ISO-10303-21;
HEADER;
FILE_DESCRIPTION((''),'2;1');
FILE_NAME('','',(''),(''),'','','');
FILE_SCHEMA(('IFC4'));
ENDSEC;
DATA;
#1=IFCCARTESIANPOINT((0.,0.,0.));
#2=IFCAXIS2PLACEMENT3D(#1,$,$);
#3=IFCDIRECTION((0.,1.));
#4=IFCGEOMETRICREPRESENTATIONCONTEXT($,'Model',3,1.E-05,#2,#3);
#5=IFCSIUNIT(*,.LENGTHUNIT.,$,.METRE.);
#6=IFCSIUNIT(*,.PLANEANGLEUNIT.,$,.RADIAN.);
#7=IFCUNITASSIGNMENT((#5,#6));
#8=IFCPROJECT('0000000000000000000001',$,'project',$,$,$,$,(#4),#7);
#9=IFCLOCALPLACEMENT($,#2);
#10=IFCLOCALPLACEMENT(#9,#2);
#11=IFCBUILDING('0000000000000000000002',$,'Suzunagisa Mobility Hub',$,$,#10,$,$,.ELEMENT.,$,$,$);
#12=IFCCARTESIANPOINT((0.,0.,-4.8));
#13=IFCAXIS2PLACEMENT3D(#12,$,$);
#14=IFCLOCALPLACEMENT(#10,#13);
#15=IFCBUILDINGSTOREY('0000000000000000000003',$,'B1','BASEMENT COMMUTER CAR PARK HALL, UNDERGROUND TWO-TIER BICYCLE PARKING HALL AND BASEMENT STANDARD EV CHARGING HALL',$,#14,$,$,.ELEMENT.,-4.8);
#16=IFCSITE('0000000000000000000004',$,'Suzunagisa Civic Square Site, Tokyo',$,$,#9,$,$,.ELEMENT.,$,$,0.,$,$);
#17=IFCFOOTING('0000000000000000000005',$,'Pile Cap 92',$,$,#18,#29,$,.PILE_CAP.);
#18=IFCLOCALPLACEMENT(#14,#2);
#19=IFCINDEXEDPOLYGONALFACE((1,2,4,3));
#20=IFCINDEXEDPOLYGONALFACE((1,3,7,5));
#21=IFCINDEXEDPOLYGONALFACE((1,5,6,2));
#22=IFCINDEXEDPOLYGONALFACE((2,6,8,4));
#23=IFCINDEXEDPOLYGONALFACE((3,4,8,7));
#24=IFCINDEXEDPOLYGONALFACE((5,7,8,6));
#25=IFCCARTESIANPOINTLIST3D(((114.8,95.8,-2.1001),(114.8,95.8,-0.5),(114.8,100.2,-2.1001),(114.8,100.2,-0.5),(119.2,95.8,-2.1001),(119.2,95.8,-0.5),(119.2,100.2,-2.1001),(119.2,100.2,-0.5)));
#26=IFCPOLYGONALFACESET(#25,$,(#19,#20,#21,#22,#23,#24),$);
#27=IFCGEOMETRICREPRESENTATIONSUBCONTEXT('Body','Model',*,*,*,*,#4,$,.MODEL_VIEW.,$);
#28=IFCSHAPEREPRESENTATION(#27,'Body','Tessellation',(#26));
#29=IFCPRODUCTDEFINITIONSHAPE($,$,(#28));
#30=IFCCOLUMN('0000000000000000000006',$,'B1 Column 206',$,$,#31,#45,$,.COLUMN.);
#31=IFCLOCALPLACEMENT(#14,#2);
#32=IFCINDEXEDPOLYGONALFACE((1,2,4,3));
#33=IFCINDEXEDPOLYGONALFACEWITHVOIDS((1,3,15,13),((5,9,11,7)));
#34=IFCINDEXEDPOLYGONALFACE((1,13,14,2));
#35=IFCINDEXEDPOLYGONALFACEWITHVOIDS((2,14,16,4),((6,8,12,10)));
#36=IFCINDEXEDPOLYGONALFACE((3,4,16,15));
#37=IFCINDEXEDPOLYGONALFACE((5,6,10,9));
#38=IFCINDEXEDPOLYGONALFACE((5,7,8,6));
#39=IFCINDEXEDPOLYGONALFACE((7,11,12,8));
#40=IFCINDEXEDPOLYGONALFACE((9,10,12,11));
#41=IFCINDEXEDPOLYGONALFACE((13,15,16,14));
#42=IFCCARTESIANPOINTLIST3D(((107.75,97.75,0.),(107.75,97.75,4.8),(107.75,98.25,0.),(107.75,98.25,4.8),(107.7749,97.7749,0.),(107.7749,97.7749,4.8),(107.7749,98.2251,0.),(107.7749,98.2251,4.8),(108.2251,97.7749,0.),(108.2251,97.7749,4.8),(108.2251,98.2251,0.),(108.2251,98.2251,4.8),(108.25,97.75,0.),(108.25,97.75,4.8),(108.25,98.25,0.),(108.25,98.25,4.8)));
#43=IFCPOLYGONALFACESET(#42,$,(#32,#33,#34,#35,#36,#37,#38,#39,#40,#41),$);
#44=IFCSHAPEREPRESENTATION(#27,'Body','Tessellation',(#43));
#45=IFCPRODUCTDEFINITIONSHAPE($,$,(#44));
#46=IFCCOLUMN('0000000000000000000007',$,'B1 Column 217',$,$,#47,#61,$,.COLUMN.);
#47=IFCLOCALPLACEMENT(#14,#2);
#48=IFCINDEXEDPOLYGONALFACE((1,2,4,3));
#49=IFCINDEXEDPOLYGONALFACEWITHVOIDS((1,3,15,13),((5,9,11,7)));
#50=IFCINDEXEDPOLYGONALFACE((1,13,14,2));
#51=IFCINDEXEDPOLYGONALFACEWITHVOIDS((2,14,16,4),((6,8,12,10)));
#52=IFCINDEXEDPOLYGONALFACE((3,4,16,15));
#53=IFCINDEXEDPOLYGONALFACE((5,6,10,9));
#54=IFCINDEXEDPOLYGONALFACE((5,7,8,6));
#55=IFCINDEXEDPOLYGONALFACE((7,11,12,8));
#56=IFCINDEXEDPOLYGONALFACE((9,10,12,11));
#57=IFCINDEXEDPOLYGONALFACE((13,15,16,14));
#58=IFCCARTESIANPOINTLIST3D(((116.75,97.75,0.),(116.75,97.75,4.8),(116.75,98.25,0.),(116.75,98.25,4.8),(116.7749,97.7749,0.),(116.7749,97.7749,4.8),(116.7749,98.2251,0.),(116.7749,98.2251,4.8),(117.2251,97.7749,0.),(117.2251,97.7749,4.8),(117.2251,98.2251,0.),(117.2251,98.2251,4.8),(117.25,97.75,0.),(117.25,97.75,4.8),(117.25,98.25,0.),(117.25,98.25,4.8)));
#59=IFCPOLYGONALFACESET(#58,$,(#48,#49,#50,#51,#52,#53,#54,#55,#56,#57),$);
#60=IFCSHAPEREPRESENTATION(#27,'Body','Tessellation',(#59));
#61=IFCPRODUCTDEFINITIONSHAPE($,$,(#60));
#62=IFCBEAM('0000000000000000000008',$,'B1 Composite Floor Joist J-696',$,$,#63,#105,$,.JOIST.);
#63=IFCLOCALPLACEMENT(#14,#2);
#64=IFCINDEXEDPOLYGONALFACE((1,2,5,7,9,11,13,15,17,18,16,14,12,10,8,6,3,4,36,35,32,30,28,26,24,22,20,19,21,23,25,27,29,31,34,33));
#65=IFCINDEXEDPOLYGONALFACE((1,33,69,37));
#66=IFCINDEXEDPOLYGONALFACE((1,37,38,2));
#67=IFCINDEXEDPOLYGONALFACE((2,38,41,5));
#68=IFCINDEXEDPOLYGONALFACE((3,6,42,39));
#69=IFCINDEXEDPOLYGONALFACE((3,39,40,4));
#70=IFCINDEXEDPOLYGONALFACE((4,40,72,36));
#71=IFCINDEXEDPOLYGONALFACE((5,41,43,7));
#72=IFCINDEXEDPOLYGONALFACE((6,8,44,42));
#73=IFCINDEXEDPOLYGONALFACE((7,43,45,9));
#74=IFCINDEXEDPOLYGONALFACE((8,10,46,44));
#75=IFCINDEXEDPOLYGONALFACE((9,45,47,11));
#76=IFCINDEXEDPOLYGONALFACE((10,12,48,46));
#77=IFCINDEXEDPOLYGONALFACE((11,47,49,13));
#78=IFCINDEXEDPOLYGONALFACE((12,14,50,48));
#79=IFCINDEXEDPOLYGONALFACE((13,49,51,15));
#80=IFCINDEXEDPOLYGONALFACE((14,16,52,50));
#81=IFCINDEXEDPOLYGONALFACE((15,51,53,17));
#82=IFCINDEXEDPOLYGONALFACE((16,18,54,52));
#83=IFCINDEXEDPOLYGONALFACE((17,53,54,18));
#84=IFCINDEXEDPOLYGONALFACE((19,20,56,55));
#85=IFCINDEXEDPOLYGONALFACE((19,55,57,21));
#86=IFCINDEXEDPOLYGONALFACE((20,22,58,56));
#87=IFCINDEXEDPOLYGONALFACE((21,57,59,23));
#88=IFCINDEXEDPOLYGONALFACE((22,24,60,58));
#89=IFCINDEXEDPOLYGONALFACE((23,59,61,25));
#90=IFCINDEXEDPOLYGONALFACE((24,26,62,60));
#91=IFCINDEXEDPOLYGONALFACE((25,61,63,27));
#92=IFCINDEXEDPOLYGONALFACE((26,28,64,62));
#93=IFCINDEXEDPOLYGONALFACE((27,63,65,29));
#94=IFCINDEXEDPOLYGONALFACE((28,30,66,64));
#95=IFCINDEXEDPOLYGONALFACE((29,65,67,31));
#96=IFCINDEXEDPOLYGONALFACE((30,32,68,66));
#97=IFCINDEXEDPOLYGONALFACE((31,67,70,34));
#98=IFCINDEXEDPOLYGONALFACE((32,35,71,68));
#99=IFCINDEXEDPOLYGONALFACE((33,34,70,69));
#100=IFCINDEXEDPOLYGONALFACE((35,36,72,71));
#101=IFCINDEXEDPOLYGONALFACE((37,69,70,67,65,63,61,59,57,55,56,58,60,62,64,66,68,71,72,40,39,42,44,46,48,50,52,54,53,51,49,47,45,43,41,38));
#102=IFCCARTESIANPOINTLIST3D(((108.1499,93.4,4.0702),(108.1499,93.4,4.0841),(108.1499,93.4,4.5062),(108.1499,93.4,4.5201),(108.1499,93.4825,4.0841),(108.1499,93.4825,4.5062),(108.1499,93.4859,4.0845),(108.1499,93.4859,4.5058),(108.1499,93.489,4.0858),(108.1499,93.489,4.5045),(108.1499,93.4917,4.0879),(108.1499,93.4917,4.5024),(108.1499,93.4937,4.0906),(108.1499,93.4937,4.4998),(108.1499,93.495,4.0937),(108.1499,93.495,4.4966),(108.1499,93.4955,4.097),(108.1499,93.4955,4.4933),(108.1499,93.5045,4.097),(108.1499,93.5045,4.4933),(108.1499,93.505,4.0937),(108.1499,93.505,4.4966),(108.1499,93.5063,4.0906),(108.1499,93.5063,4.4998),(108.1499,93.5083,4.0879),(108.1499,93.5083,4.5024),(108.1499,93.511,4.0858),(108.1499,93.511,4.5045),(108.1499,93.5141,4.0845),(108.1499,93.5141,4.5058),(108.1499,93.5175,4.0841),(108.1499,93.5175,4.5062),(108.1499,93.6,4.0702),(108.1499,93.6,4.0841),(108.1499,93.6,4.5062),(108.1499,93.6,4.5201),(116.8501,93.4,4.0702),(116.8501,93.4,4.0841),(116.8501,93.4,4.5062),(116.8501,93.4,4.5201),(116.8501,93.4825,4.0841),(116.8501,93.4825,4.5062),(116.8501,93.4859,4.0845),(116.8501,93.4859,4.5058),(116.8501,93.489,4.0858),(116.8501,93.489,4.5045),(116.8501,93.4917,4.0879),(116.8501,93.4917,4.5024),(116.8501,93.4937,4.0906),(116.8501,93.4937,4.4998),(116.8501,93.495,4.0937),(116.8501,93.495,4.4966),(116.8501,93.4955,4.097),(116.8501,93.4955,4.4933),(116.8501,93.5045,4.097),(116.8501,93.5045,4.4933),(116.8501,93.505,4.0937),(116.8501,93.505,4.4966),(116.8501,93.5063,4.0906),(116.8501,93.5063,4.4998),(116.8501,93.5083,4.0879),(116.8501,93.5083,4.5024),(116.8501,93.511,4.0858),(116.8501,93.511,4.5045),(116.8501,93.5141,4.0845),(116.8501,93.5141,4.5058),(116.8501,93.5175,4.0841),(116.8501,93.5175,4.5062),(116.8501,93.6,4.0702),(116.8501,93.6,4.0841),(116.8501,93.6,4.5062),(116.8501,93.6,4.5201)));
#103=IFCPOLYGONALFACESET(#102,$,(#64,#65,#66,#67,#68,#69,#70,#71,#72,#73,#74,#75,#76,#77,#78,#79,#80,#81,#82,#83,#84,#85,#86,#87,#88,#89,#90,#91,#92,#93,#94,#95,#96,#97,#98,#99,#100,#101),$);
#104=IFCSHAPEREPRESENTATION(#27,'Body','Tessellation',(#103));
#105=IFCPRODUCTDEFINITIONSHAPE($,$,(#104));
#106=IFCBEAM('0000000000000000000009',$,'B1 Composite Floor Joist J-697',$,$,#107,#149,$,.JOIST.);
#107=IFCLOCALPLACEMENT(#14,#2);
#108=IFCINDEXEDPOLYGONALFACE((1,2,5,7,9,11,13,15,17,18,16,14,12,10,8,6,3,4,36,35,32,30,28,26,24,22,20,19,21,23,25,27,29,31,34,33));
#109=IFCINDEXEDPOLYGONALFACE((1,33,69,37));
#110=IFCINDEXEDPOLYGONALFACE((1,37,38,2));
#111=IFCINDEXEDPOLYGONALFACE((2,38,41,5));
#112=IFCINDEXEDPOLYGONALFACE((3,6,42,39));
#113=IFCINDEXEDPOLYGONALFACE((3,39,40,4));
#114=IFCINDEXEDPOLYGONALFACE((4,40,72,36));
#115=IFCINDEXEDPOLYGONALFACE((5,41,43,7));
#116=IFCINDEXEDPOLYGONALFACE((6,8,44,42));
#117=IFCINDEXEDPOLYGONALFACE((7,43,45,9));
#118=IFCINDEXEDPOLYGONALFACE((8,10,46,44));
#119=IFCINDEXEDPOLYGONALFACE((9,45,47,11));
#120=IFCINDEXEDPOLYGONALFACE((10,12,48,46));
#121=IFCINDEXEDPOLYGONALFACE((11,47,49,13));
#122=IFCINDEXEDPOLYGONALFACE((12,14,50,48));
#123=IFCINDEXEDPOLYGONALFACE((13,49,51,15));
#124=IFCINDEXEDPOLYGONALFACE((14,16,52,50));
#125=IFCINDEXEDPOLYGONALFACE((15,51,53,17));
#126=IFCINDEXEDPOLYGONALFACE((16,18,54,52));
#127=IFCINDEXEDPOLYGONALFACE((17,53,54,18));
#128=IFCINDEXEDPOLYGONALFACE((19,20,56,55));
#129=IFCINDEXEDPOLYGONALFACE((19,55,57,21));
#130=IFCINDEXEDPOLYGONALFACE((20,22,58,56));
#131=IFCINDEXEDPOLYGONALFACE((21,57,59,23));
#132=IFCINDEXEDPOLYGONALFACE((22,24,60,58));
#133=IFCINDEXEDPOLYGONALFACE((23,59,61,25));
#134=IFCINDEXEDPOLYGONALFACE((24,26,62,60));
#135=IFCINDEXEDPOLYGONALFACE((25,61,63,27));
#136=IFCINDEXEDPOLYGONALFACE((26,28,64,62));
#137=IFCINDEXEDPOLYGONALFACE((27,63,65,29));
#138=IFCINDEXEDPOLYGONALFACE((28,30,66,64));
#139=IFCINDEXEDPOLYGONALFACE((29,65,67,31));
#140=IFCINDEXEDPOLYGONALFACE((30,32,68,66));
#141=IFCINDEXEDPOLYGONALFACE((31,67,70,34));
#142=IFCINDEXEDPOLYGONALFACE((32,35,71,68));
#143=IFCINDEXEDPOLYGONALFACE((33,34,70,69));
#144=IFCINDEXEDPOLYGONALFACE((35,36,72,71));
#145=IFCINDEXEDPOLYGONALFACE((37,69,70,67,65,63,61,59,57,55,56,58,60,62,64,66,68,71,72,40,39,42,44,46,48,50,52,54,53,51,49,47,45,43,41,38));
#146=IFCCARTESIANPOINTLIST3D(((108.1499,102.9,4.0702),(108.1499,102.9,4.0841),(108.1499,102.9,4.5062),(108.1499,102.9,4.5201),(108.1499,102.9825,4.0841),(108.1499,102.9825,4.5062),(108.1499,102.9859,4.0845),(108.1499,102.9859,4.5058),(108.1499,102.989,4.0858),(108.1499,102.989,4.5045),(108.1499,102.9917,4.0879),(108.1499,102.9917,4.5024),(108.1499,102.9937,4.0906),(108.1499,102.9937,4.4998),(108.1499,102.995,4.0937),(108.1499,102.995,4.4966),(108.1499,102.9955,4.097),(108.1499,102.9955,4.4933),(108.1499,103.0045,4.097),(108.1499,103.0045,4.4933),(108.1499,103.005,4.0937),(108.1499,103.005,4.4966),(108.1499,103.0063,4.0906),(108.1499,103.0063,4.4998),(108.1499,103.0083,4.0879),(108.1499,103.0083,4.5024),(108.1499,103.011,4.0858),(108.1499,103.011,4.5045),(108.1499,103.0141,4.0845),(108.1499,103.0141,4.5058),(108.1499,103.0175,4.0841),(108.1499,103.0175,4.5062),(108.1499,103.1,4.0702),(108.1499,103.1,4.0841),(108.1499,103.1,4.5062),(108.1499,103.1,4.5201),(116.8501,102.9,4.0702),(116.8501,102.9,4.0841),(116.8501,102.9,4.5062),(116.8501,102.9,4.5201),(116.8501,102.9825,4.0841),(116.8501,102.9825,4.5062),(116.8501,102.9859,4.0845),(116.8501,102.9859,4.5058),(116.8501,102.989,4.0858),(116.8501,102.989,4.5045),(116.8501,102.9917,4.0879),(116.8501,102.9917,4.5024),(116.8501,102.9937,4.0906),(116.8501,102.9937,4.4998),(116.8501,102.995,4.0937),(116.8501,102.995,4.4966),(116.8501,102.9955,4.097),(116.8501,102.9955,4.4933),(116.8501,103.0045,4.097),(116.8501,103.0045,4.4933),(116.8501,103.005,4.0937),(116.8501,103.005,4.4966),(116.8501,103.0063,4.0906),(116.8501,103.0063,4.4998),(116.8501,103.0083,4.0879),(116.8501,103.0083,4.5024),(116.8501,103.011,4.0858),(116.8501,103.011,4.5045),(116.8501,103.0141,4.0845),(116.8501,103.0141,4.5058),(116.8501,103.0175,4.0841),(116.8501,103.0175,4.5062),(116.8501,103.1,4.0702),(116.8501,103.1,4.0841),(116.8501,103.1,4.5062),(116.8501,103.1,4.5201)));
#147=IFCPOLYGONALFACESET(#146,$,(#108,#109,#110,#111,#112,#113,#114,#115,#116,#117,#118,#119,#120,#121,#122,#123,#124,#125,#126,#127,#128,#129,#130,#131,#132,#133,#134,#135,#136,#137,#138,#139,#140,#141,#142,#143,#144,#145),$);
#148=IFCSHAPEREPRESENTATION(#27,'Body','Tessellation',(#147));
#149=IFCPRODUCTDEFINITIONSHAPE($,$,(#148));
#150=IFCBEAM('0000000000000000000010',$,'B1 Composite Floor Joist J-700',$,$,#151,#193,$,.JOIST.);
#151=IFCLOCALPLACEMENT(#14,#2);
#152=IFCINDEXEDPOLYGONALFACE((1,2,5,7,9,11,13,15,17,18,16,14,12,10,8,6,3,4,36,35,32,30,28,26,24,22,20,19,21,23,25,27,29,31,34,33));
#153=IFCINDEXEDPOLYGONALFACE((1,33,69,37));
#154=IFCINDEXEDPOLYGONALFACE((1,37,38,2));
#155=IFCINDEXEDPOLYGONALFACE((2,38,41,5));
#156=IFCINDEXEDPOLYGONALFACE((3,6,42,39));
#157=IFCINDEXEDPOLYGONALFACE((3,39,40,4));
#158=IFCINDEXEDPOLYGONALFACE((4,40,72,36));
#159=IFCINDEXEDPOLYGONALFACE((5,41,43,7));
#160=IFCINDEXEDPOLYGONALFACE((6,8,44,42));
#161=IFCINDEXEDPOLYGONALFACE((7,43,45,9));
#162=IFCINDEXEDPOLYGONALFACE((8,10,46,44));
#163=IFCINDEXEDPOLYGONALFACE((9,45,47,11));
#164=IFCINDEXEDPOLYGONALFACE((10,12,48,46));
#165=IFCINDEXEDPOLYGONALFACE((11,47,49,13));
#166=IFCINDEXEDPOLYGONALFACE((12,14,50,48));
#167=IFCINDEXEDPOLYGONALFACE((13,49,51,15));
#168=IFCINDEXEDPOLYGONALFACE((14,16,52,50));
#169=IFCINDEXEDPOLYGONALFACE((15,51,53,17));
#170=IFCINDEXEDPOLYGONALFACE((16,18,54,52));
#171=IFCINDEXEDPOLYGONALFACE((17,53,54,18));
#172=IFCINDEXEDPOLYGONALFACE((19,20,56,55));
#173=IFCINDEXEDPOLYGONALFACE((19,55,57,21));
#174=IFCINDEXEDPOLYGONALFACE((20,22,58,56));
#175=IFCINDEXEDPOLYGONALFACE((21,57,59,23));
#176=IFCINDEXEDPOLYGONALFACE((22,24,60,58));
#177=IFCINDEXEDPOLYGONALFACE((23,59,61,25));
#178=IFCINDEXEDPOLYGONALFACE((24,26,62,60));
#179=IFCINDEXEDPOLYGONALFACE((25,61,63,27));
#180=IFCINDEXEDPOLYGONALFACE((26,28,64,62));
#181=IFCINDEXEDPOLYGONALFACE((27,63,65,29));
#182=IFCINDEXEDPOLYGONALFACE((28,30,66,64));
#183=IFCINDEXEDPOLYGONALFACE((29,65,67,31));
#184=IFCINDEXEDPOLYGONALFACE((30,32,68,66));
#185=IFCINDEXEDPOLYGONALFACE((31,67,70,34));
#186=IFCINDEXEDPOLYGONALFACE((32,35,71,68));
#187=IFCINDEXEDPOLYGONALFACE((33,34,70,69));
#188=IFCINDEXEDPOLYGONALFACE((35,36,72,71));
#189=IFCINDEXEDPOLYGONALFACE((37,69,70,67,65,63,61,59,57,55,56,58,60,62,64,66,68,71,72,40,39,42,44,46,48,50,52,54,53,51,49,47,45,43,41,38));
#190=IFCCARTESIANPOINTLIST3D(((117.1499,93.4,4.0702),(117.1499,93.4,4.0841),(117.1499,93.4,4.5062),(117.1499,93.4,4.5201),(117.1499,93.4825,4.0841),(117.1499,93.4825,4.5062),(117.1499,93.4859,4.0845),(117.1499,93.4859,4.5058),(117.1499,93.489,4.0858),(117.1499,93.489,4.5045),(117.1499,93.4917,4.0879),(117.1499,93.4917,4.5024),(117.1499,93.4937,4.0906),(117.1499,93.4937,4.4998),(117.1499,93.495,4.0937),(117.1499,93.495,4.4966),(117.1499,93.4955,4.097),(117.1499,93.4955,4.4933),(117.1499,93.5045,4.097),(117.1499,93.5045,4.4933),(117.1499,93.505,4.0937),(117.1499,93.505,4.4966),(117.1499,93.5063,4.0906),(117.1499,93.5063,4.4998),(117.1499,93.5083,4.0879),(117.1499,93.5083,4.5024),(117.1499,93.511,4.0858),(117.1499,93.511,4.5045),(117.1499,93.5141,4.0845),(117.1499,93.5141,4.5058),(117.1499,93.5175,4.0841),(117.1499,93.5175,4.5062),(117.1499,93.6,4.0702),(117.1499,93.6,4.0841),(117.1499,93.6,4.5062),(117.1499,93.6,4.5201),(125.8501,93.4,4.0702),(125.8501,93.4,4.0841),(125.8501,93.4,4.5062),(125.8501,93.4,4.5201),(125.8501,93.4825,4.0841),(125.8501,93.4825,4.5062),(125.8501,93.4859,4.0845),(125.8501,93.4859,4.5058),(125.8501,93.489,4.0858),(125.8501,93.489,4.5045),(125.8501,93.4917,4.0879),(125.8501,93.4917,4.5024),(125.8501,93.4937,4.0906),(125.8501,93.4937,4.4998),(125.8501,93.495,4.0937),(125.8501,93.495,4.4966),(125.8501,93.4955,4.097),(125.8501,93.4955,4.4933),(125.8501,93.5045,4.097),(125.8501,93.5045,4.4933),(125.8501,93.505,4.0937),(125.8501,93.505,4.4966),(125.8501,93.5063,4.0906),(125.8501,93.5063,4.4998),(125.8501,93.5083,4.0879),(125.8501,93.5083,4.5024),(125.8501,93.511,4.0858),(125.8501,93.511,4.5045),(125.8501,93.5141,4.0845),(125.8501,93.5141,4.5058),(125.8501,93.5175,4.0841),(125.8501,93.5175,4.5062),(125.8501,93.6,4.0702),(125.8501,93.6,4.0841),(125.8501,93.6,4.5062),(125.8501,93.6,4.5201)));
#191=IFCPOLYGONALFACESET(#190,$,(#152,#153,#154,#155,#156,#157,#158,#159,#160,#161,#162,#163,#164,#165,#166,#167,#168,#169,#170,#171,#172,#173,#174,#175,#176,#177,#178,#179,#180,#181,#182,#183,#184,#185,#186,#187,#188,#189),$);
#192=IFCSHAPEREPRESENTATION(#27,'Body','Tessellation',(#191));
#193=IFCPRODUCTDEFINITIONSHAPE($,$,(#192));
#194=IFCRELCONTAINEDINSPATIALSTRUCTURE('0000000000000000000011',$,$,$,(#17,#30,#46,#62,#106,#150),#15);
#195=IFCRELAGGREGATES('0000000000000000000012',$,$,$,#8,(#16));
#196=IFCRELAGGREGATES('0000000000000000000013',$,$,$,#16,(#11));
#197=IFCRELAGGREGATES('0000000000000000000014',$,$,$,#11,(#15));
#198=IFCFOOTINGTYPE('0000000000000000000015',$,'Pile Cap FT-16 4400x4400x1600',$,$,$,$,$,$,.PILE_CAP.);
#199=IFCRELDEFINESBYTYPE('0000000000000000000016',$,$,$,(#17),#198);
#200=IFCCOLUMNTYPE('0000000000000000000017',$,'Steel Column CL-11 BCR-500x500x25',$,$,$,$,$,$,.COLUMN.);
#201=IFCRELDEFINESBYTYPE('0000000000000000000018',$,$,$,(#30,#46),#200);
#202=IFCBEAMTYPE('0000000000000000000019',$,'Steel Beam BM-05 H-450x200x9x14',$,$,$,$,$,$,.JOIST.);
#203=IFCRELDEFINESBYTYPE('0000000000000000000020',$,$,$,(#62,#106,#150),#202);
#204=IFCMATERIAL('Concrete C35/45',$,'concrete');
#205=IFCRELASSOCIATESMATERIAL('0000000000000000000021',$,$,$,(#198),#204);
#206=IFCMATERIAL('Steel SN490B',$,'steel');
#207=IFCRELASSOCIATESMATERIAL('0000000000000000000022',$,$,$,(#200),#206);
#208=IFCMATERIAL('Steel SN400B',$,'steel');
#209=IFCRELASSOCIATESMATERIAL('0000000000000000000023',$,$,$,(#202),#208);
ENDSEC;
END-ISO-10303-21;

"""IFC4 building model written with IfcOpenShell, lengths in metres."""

from ifc_helpers import new_model, si_unit, direction, frame, origin, origin_2d, place, context, subcontext, project, spatial, rectangle, hollow_rectangle, i_section, extrude, material, material_profile, profile_set, type_object, element, save


model = new_model("IFC4")

# Units and contexts
model_context = context("Model", 3, precision=1e-05, world=origin(), true_north=direction((0.0, 1.0)))
body_context = subcontext(model_context, "Body", "Model", "MODEL_VIEW")
ifc_project = project(units=[si_unit("LENGTHUNIT", "METRE"), si_unit("PLANEANGLEUNIT", "RADIAN")], contexts=[model_context])

# Site, building, storey
site_placement = place(None, origin())
site = spatial("IfcSite", under=ifc_project, at=site_placement, Name="Suzunagisa Civic Square Site, Tokyo", CompositionType="ELEMENT", RefElevation=0.0)
building_placement = place(site_placement, origin())
building = spatial("IfcBuilding", under=site, at=building_placement, Name="Suzunagisa Mobility Hub", CompositionType="ELEMENT")
storey_placement = place(building_placement, frame((0.0, 0.0, -4.8)))
storey = spatial("IfcBuildingStorey", under=building, at=storey_placement, Name="B1", Description="BASEMENT COMMUTER CAR PARK HALL, UNDERGROUND TWO-TIER BICYCLE PARKING HALL AND BASEMENT STANDARD EV CHARGING HALL", CompositionType="ELEMENT", Elevation=-4.8)

# Footing
ifc_material_1 = material(Name="Concrete C35/45", Category="concrete")
footing_type = type_object("IfcFootingType", Name="Pile Cap FT-16 4400x4400x1600", PredefinedType="PILE_CAP", material=ifc_material_1)
for number, where, z_axis, x_axis, name in (
    (1, (117.0, 98.0, -2.1001), (0.0, 0.0, 1.0), (1.0, 0.0, 0.0), "Pile Cap 92"),
):
    element("IfcFooting", number, at=place(storey_placement, frame(where, z_axis=z_axis, x_axis=x_axis)), inside=storey, type_object=footing_type, Name=name, PredefinedType="PILE_CAP", context=body_context, shape_type="SweptSolid", body=[
        extrude(rectangle(XDim=4.3999, YDim=4.3999, at=origin_2d()), origin(), (0.0, 0.0, 1.0), 1.6001),
    ])

# Columns
ifc_material_2 = material(Name="Steel SN490B", Category="steel")
ifc_material_profile_1 = material_profile(ifc_material_2, hollow_rectangle(XDim=0.5, YDim=0.5, WallThickness=0.0249, at=origin_2d()), Name="BCR-500x500x25")
ifc_profile_set_1 = profile_set([ifc_material_profile_1], Name="Steel SN490B")
column_type = type_object("IfcColumnType", Name="Steel Column CL-11 BCR-500x500x25", PredefinedType="COLUMN", material=ifc_profile_set_1)
for number, where, z_axis, x_axis, name in (
    (2, (108.0, 98.0, 0.0), (0.0, 0.0, 1.0), (1.0, 0.0, 0.0), "B1 Column 206"),
    (3, (117.0, 98.0, 0.0), (0.0, 0.0, 1.0), (1.0, 0.0, 0.0), "B1 Column 217"),
):
    element("IfcColumn", number, at=place(storey_placement, frame(where, z_axis=z_axis, x_axis=x_axis)), inside=storey, type_object=column_type, Name=name, PredefinedType="COLUMN", context=body_context, shape_type="SweptSolid", body=[
        extrude(hollow_rectangle(XDim=0.5, YDim=0.5, WallThickness=0.0249, at=origin_2d()), origin(), (0.0, 0.0, 1.0), 4.8),
    ])

# Beams
ifc_material_3 = material(Name="Steel SN400B", Category="steel")
ifc_material_profile_2 = material_profile(ifc_material_3, i_section(OverallWidth=0.2, OverallDepth=0.45, WebThickness=0.009, FlangeThickness=0.0139, FilletRadius=0.0129, at=origin_2d()), Name="H-450x200x9x14")
ifc_profile_set_2 = profile_set([ifc_material_profile_2], Name="Steel SN400B")
beam_type_1 = type_object("IfcBeamType", Name="Steel Beam BM-05 H-450x200x9x14", PredefinedType="JOIST", material=ifc_profile_set_2)
for number, where, z_axis, x_axis, name in (
    (4, (108.1499, 93.5, 4.2952), (1.0, 0.0, 0.0), (0.0, 1.0, 0.0), "B1 Composite Floor Joist J-696"),
    (5, (108.1499, 103.0, 4.2952), (1.0, 0.0, 0.0), (0.0, 1.0, 0.0), "B1 Composite Floor Joist J-697"),
    (6, (117.1499, 93.5, 4.2952), (1.0, 0.0, 0.0), (0.0, 1.0, 0.0), "B1 Composite Floor Joist J-700"),
):
    element("IfcBeam", number, at=place(storey_placement, frame(where, z_axis=z_axis, x_axis=x_axis)), inside=storey, type_object=beam_type_1, Name=name, PredefinedType="JOIST", context=body_context, shape_type="SweptSolid", body=[
        extrude(i_section(OverallWidth=0.2, OverallDepth=0.45, WebThickness=0.009, FlangeThickness=0.0139, FilletRadius=0.0129, at=origin_2d()), origin(), (0.0, 0.0, 1.0), 8.7002),
    ])

save(model, "model.ifc")
